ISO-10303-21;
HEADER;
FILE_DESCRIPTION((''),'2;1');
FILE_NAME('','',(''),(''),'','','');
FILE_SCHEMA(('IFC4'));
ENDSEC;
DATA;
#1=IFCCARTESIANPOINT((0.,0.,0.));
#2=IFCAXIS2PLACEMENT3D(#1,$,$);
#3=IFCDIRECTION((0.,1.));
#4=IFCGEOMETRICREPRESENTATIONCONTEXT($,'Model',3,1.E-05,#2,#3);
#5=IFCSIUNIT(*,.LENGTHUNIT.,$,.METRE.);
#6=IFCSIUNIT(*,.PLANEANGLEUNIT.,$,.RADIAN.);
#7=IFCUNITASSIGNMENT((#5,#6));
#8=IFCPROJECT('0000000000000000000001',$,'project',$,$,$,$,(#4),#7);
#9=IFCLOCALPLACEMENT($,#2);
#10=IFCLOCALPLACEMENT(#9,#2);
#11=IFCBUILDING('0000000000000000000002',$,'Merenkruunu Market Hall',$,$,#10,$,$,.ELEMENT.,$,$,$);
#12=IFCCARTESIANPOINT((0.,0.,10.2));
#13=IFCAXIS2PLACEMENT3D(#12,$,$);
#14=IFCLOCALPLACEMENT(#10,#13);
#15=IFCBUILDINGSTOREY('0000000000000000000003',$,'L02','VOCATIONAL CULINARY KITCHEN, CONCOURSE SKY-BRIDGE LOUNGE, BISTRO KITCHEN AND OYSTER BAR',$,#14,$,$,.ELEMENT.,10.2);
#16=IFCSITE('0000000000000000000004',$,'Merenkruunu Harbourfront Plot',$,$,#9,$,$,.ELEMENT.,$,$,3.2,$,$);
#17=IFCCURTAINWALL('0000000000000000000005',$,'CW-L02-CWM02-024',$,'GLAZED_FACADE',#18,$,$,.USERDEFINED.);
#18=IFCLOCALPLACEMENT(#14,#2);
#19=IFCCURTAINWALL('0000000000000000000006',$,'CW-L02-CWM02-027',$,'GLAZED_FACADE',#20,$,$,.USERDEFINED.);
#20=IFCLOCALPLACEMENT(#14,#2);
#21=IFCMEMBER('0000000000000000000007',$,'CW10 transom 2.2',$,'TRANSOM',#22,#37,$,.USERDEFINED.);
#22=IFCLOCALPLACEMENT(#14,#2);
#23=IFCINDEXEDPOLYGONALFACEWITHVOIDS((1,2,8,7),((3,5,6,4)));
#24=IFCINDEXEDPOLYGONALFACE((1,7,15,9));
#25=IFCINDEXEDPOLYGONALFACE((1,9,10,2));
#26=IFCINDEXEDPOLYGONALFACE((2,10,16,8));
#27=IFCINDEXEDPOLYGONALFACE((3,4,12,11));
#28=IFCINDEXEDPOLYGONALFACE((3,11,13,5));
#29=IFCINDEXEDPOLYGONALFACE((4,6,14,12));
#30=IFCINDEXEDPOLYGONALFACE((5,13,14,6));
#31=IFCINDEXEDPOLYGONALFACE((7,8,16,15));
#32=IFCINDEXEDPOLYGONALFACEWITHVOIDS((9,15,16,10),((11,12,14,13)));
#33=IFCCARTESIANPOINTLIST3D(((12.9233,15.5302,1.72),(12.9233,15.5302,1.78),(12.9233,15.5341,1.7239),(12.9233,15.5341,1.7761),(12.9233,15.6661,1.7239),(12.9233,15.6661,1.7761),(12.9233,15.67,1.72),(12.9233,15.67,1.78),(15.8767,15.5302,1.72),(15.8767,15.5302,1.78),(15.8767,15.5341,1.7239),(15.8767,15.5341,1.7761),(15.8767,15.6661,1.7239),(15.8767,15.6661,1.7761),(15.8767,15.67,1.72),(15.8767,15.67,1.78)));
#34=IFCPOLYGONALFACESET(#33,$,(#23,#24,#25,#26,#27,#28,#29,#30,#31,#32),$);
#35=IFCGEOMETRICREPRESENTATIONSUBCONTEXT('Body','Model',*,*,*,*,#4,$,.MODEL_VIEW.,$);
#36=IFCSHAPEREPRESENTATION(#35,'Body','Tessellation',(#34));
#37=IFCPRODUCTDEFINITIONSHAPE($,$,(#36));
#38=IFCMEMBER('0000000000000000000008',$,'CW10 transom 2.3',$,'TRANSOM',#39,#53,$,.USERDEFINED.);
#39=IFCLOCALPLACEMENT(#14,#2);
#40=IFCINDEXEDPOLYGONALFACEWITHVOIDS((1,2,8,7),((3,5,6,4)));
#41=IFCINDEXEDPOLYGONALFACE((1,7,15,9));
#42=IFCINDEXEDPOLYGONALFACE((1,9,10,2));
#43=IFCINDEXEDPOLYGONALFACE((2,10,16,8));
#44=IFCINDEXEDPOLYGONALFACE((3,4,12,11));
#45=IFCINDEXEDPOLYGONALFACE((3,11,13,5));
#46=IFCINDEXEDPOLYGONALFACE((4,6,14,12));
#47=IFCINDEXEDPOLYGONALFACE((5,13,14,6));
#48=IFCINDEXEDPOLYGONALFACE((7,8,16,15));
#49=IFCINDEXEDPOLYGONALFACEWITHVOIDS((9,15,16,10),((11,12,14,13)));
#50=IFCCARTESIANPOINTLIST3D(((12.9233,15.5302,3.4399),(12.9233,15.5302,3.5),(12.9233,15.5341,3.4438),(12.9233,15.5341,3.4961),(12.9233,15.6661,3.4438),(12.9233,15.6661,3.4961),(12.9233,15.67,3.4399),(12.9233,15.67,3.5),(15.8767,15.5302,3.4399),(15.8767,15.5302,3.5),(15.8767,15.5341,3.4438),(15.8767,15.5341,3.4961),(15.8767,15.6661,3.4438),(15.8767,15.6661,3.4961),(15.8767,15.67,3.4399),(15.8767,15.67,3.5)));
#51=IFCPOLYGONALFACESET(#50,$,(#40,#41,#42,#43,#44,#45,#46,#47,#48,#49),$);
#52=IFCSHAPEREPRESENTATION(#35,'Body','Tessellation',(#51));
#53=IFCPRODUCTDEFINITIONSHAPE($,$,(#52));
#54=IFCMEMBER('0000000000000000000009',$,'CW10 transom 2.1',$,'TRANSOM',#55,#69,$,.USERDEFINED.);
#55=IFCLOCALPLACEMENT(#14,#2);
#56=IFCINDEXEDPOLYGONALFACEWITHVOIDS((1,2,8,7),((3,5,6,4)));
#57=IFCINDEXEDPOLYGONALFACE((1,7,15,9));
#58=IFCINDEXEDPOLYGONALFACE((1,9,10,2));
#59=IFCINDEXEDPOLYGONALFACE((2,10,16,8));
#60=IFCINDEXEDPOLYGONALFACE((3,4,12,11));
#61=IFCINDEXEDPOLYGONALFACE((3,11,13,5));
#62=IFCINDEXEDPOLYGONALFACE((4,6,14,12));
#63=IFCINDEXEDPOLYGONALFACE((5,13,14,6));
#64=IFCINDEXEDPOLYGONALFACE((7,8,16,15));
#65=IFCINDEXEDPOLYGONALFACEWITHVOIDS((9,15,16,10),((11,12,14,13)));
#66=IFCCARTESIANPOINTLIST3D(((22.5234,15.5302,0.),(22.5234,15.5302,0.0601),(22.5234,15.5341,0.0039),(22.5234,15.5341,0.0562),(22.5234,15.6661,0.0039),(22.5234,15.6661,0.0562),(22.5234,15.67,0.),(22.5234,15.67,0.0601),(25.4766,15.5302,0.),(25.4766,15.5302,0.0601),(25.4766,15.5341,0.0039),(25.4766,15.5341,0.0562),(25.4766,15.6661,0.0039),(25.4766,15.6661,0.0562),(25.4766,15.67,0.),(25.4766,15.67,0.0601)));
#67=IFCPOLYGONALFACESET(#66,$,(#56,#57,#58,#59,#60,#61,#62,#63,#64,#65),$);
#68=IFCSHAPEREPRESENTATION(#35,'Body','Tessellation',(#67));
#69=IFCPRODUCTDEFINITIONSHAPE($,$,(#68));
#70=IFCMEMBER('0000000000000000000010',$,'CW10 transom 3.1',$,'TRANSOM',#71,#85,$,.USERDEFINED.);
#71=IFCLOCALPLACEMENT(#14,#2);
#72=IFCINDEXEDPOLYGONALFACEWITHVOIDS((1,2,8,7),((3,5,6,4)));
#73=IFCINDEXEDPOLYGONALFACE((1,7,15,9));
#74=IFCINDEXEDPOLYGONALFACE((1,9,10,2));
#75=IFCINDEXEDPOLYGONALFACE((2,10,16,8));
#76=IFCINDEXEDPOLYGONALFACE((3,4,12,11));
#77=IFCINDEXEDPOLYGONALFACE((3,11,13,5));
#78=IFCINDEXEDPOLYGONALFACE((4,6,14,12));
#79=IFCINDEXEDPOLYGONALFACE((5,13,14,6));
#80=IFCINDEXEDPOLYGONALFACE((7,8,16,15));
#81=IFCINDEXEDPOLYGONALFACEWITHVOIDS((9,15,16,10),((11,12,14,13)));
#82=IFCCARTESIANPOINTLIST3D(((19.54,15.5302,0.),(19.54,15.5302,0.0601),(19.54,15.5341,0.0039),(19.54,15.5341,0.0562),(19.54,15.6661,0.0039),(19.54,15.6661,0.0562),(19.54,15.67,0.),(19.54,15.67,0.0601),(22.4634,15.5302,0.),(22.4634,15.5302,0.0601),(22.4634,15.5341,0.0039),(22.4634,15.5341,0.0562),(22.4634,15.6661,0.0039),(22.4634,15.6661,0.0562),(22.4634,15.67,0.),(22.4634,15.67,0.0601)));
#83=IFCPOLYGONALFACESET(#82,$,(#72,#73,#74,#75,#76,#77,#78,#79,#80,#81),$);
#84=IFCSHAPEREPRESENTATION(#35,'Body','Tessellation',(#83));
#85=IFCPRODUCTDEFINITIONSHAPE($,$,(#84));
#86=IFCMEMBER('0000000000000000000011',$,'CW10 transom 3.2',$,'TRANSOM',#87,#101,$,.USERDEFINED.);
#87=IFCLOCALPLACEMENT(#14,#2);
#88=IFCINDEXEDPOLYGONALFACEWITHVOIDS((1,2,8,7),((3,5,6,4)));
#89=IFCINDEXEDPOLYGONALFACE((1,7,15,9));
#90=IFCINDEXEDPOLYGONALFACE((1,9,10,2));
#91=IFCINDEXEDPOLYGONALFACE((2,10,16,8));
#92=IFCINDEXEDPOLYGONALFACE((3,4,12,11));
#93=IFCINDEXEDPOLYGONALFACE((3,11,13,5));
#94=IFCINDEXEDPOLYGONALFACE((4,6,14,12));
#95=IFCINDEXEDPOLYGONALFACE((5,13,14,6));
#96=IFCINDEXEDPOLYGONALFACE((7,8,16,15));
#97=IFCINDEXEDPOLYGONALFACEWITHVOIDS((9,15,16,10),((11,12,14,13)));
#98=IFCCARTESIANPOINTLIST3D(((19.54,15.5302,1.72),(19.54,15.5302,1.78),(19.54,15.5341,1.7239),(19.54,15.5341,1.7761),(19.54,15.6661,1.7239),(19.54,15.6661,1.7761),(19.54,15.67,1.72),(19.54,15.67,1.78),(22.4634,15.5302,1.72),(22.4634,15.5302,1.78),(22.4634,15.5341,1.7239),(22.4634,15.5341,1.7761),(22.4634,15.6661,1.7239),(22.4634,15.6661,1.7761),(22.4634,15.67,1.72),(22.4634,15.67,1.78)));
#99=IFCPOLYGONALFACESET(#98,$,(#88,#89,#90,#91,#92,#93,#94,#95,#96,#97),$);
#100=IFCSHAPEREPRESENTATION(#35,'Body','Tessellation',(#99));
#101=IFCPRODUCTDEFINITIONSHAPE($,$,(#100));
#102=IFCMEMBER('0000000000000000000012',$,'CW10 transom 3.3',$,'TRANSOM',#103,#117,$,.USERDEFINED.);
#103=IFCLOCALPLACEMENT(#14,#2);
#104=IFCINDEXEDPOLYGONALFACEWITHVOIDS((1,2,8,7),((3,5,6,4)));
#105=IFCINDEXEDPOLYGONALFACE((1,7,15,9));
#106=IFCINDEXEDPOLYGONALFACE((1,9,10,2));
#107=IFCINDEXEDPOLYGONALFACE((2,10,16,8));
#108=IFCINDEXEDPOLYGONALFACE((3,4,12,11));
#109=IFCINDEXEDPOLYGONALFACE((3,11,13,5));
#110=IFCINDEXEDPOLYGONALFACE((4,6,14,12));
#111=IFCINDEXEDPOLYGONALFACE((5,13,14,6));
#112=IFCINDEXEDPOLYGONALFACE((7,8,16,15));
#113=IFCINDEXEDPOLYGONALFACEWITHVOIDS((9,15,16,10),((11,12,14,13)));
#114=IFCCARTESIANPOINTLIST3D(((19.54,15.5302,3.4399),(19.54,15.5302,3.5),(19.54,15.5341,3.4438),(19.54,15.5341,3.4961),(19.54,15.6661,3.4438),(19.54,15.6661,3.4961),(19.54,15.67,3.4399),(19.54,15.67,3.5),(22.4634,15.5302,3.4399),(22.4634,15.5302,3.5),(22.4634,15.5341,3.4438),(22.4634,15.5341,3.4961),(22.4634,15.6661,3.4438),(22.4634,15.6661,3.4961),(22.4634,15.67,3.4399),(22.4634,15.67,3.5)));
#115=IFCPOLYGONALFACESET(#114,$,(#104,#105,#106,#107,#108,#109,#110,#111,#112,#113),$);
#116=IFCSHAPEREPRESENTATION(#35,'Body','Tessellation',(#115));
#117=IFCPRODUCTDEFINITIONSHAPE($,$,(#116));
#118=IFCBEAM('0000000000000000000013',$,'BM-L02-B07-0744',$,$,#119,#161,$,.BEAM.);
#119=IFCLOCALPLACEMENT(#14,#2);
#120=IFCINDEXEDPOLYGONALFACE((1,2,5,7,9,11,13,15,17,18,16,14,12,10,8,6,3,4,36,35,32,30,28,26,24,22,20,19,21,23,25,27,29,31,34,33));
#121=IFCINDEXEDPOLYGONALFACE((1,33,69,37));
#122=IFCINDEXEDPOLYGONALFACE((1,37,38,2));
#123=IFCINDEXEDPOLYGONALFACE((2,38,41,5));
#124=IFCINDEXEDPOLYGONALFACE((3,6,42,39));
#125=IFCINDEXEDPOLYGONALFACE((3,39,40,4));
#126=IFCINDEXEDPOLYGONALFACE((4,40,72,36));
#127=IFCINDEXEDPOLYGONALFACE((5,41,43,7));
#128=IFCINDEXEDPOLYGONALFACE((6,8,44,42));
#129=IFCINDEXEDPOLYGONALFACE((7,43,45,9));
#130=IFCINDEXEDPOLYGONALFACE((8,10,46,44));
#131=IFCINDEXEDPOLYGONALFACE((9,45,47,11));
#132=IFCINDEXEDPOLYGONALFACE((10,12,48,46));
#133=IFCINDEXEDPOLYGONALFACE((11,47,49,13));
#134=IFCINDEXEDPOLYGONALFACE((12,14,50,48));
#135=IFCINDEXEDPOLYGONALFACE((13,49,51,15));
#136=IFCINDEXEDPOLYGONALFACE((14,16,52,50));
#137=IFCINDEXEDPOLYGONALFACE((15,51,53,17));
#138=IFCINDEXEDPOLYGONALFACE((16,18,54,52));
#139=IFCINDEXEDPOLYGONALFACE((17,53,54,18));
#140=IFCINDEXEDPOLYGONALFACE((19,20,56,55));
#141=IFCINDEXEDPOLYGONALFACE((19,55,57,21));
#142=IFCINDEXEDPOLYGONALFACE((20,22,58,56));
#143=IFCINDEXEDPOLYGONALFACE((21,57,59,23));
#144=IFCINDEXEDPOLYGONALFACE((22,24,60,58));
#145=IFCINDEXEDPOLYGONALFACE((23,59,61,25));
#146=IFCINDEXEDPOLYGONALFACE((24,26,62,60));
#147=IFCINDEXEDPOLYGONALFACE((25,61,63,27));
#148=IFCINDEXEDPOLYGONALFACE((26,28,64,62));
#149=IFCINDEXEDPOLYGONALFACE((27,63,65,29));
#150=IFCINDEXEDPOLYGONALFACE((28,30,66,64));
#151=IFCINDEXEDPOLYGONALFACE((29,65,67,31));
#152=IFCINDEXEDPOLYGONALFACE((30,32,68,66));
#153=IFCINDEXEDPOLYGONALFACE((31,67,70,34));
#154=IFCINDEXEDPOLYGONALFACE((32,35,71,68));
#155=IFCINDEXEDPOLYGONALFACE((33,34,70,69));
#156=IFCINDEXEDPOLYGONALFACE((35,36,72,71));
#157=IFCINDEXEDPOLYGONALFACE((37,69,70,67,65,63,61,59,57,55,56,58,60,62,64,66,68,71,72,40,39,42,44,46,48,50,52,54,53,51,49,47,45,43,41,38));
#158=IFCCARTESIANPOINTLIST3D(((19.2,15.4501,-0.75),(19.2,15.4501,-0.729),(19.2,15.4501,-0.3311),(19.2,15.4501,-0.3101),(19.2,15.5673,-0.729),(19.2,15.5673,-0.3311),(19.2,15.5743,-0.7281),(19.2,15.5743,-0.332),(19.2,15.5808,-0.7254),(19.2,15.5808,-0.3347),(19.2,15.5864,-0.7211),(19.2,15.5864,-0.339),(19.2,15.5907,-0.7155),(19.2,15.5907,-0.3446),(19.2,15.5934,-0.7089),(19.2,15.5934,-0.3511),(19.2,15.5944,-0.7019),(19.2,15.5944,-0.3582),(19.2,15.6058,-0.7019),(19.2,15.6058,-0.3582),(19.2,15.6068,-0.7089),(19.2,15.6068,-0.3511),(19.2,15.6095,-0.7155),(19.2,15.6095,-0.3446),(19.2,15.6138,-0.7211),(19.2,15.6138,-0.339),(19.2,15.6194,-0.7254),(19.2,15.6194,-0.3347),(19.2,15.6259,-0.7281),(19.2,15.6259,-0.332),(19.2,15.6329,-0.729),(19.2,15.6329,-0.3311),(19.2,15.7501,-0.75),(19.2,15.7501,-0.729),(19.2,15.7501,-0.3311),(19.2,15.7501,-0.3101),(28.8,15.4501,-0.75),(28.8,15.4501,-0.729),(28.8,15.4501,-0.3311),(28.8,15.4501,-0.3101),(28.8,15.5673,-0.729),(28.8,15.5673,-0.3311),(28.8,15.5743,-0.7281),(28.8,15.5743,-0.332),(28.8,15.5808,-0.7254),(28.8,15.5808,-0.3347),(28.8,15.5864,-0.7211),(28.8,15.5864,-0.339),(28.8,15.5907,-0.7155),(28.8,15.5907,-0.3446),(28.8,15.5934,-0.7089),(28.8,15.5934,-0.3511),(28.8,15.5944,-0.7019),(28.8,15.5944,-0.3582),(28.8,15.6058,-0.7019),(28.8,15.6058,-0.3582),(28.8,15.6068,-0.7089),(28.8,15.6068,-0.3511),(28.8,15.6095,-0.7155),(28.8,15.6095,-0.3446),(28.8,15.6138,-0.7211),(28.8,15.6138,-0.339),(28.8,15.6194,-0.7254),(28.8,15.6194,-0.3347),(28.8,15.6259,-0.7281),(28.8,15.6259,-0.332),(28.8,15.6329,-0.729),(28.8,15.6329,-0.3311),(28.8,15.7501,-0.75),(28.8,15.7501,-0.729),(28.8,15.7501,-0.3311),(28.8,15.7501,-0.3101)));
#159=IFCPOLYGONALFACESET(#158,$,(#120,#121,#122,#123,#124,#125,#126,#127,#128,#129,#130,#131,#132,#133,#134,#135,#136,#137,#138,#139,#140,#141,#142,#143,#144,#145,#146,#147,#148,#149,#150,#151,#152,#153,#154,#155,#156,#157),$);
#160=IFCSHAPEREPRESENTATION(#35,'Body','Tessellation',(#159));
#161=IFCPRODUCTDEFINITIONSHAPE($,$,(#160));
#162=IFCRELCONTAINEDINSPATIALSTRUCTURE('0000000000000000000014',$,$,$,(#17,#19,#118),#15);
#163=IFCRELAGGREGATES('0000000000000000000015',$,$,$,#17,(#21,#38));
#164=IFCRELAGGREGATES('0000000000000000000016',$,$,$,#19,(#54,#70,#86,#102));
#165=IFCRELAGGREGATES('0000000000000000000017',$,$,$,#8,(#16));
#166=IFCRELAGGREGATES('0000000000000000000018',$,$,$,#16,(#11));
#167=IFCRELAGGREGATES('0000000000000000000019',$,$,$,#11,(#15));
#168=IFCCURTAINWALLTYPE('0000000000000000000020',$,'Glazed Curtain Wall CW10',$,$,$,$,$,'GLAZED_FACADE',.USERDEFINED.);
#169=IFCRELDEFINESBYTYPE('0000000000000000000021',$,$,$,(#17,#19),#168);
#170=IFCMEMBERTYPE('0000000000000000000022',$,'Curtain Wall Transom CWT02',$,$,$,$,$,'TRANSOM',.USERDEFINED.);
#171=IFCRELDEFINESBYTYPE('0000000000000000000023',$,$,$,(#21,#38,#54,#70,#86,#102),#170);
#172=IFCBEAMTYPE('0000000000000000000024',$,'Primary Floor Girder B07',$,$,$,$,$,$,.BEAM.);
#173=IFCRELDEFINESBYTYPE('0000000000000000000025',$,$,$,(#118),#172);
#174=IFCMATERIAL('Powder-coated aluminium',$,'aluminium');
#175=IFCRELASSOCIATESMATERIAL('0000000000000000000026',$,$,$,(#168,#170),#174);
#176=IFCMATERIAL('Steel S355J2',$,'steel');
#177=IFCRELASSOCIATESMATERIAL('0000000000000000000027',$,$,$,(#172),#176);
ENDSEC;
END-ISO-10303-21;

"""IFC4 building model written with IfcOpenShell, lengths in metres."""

from ifc_helpers import new_model, si_unit, direction, frame, origin, origin_2d, place, context, subcontext, project, spatial, hollow_rectangle, i_section, extrude, material, material_profile, profile_set, type_object, element, aggregate, save


model = new_model("IFC4")

# Units and contexts
model_context = context("Model", 3, precision=1e-05, world=origin(), true_north=direction((0.0, 1.0)))
body_context = subcontext(model_context, "Body", "Model", "MODEL_VIEW")
ifc_project = project(units=[si_unit("LENGTHUNIT", "METRE"), si_unit("PLANEANGLEUNIT", "RADIAN")], contexts=[model_context])

# Site, building, storey
site_placement = place(None, origin())
site = spatial("IfcSite", under=ifc_project, at=site_placement, Name="Merenkruunu Harbourfront Plot", CompositionType="ELEMENT", RefElevation=3.2)
building_placement = place(site_placement, origin())
building = spatial("IfcBuilding", under=site, at=building_placement, Name="Merenkruunu Market Hall", CompositionType="ELEMENT")
storey_placement = place(building_placement, frame((0.0, 0.0, 10.2)))
storey = spatial("IfcBuildingStorey", under=building, at=storey_placement, Name="L02", Description="VOCATIONAL CULINARY KITCHEN, CONCOURSE SKY-BRIDGE LOUNGE, BISTRO KITCHEN AND OYSTER BAR", CompositionType="ELEMENT", Elevation=10.2)

# Shared definitions
ifc_material_1 = material(Name="Steel S355J2", Category="steel")

# Curtain walls
ifc_material_2 = material(Name="Powder-coated aluminium", Category="aluminium")
curtain_wall_type = type_object("IfcCurtainWallType", Name="Glazed Curtain Wall CW10", ElementType="GLAZED_FACADE", PredefinedType="USERDEFINED", material=ifc_material_2)
curtain_wall_1_placement = place(storey_placement, origin())
curtain_wall_1 = element("IfcCurtainWall", 1, at=curtain_wall_1_placement, inside=storey, type_object=curtain_wall_type, Name="CW-L02-CWM02-024", ObjectType="GLAZED_FACADE", PredefinedType="USERDEFINED")
curtain_wall_2_placement = place(storey_placement, origin())
curtain_wall_2 = element("IfcCurtainWall", 2, at=curtain_wall_2_placement, inside=storey, type_object=curtain_wall_type, Name="CW-L02-CWM02-027", ObjectType="GLAZED_FACADE", PredefinedType="USERDEFINED")

# Members
ifc_material_profile_1 = material_profile(ifc_material_2, hollow_rectangle(XDim=0.0601, YDim=0.1399, WallThickness=0.0039, at=origin_2d()), Name="ALU 60x140x4")
ifc_profile_set_1 = profile_set([ifc_material_profile_1], Name="Powder-coated aluminium")
member_type_1 = type_object("IfcMemberType", Name="Curtain Wall Transom CWT02", ElementType="TRANSOM", PredefinedType="USERDEFINED", material=ifc_profile_set_1)
member_1_placement = place(storey_placement, frame((15.8767, 15.6001, 1.75), z_axis=(-1.0, 0.0, 0.0), x_axis=(0.0, 0.0, 1.0)))
member_1 = element("IfcMember", 3, at=member_1_placement, type_object=member_type_1, Name="CW10 transom 2.2", ObjectType="TRANSOM", PredefinedType="USERDEFINED", context=body_context, shape_type="SweptSolid", body=[
    extrude(hollow_rectangle(XDim=0.0601, YDim=0.1399, WallThickness=0.0039, at=origin_2d()), origin(), (0.0, 0.0, 1.0), 2.9534),
])
member_2_placement = place(storey_placement, frame((15.8767, 15.6001, 3.47), z_axis=(-1.0, 0.0, 0.0), x_axis=(0.0, 0.0, 1.0)))
member_2 = element("IfcMember", 4, at=member_2_placement, type_object=member_type_1, Name="CW10 transom 2.3", ObjectType="TRANSOM", PredefinedType="USERDEFINED", context=body_context, shape_type="SweptSolid", body=[
    extrude(hollow_rectangle(XDim=0.0601, YDim=0.1399, WallThickness=0.0039, at=origin_2d()), origin(), (0.0, 0.0, 1.0), 2.9534),
])
member_3_placement = place(storey_placement, frame((25.4766, 15.6001, 0.03), z_axis=(-1.0, 0.0, 0.0), x_axis=(0.0, 0.0, 1.0)))
member_3 = element("IfcMember", 5, at=member_3_placement, type_object=member_type_1, Name="CW10 transom 2.1", ObjectType="TRANSOM", PredefinedType="USERDEFINED", context=body_context, shape_type="SweptSolid", body=[
    extrude(hollow_rectangle(XDim=0.0601, YDim=0.1399, WallThickness=0.0039, at=origin_2d()), origin(), (0.0, 0.0, 1.0), 2.9531),
])
member_4_placement = place(storey_placement, frame((22.4634, 15.6001, 0.03), z_axis=(-1.0, 0.0, 0.0), x_axis=(0.0, 0.0, 1.0)))
member_4 = element("IfcMember", 6, at=member_4_placement, type_object=member_type_1, Name="CW10 transom 3.1", ObjectType="TRANSOM", PredefinedType="USERDEFINED", context=body_context, shape_type="SweptSolid", body=[
    extrude(hollow_rectangle(XDim=0.0601, YDim=0.1399, WallThickness=0.0039, at=origin_2d()), origin(), (0.0, 0.0, 1.0), 2.9233),
])
member_5_placement = place(storey_placement, frame((22.4634, 15.6001, 1.75), z_axis=(-1.0, 0.0, 0.0), x_axis=(0.0, 0.0, 1.0)))
member_5 = element("IfcMember", 7, at=member_5_placement, type_object=member_type_1, Name="CW10 transom 3.2", ObjectType="TRANSOM", PredefinedType="USERDEFINED", context=body_context, shape_type="SweptSolid", body=[
    extrude(hollow_rectangle(XDim=0.0601, YDim=0.1399, WallThickness=0.0039, at=origin_2d()), origin(), (0.0, 0.0, 1.0), 2.9233),
])
member_6_placement = place(storey_placement, frame((22.4634, 15.6001, 3.47), z_axis=(-1.0, 0.0, 0.0), x_axis=(0.0, 0.0, 1.0)))
member_6 = element("IfcMember", 8, at=member_6_placement, type_object=member_type_1, Name="CW10 transom 3.3", ObjectType="TRANSOM", PredefinedType="USERDEFINED", context=body_context, shape_type="SweptSolid", body=[
    extrude(hollow_rectangle(XDim=0.0601, YDim=0.1399, WallThickness=0.0039, at=origin_2d()), origin(), (0.0, 0.0, 1.0), 2.9233),
])

# Beam
ifc_material_profile_2 = material_profile(ifc_material_1, i_section(OverallWidth=0.3, OverallDepth=0.4399, WebThickness=0.0115, FlangeThickness=0.021, FilletRadius=0.0271, at=origin_2d()), Name="HEA 450")
ifc_profile_set_2 = profile_set([ifc_material_profile_2], Name="Steel S355J2")
beam_type_1 = type_object("IfcBeamType", Name="Primary Floor Girder B07", PredefinedType="BEAM", material=ifc_profile_set_2)
beam_1_placement = place(storey_placement, frame((19.2, 15.6001, -0.53), z_axis=(1.0, 0.0, 0.0), x_axis=(0.0, 1.0, 0.0)))
element("IfcBeam", 9, at=beam_1_placement, inside=storey, type_object=beam_type_1, Name="BM-L02-B07-0744", PredefinedType="BEAM", context=body_context, shape_type="SweptSolid", body=[
    extrude(i_section(OverallWidth=0.3, OverallDepth=0.4399, WebThickness=0.0115, FlangeThickness=0.021, FilletRadius=0.0271, at=origin_2d()), origin(), (0.0, 0.0, 1.0), 9.6001),
])

aggregate(curtain_wall_1, [member_1, member_2])
aggregate(curtain_wall_2, [member_3, member_4, member_5, member_6])

save(model, "model.ifc")
